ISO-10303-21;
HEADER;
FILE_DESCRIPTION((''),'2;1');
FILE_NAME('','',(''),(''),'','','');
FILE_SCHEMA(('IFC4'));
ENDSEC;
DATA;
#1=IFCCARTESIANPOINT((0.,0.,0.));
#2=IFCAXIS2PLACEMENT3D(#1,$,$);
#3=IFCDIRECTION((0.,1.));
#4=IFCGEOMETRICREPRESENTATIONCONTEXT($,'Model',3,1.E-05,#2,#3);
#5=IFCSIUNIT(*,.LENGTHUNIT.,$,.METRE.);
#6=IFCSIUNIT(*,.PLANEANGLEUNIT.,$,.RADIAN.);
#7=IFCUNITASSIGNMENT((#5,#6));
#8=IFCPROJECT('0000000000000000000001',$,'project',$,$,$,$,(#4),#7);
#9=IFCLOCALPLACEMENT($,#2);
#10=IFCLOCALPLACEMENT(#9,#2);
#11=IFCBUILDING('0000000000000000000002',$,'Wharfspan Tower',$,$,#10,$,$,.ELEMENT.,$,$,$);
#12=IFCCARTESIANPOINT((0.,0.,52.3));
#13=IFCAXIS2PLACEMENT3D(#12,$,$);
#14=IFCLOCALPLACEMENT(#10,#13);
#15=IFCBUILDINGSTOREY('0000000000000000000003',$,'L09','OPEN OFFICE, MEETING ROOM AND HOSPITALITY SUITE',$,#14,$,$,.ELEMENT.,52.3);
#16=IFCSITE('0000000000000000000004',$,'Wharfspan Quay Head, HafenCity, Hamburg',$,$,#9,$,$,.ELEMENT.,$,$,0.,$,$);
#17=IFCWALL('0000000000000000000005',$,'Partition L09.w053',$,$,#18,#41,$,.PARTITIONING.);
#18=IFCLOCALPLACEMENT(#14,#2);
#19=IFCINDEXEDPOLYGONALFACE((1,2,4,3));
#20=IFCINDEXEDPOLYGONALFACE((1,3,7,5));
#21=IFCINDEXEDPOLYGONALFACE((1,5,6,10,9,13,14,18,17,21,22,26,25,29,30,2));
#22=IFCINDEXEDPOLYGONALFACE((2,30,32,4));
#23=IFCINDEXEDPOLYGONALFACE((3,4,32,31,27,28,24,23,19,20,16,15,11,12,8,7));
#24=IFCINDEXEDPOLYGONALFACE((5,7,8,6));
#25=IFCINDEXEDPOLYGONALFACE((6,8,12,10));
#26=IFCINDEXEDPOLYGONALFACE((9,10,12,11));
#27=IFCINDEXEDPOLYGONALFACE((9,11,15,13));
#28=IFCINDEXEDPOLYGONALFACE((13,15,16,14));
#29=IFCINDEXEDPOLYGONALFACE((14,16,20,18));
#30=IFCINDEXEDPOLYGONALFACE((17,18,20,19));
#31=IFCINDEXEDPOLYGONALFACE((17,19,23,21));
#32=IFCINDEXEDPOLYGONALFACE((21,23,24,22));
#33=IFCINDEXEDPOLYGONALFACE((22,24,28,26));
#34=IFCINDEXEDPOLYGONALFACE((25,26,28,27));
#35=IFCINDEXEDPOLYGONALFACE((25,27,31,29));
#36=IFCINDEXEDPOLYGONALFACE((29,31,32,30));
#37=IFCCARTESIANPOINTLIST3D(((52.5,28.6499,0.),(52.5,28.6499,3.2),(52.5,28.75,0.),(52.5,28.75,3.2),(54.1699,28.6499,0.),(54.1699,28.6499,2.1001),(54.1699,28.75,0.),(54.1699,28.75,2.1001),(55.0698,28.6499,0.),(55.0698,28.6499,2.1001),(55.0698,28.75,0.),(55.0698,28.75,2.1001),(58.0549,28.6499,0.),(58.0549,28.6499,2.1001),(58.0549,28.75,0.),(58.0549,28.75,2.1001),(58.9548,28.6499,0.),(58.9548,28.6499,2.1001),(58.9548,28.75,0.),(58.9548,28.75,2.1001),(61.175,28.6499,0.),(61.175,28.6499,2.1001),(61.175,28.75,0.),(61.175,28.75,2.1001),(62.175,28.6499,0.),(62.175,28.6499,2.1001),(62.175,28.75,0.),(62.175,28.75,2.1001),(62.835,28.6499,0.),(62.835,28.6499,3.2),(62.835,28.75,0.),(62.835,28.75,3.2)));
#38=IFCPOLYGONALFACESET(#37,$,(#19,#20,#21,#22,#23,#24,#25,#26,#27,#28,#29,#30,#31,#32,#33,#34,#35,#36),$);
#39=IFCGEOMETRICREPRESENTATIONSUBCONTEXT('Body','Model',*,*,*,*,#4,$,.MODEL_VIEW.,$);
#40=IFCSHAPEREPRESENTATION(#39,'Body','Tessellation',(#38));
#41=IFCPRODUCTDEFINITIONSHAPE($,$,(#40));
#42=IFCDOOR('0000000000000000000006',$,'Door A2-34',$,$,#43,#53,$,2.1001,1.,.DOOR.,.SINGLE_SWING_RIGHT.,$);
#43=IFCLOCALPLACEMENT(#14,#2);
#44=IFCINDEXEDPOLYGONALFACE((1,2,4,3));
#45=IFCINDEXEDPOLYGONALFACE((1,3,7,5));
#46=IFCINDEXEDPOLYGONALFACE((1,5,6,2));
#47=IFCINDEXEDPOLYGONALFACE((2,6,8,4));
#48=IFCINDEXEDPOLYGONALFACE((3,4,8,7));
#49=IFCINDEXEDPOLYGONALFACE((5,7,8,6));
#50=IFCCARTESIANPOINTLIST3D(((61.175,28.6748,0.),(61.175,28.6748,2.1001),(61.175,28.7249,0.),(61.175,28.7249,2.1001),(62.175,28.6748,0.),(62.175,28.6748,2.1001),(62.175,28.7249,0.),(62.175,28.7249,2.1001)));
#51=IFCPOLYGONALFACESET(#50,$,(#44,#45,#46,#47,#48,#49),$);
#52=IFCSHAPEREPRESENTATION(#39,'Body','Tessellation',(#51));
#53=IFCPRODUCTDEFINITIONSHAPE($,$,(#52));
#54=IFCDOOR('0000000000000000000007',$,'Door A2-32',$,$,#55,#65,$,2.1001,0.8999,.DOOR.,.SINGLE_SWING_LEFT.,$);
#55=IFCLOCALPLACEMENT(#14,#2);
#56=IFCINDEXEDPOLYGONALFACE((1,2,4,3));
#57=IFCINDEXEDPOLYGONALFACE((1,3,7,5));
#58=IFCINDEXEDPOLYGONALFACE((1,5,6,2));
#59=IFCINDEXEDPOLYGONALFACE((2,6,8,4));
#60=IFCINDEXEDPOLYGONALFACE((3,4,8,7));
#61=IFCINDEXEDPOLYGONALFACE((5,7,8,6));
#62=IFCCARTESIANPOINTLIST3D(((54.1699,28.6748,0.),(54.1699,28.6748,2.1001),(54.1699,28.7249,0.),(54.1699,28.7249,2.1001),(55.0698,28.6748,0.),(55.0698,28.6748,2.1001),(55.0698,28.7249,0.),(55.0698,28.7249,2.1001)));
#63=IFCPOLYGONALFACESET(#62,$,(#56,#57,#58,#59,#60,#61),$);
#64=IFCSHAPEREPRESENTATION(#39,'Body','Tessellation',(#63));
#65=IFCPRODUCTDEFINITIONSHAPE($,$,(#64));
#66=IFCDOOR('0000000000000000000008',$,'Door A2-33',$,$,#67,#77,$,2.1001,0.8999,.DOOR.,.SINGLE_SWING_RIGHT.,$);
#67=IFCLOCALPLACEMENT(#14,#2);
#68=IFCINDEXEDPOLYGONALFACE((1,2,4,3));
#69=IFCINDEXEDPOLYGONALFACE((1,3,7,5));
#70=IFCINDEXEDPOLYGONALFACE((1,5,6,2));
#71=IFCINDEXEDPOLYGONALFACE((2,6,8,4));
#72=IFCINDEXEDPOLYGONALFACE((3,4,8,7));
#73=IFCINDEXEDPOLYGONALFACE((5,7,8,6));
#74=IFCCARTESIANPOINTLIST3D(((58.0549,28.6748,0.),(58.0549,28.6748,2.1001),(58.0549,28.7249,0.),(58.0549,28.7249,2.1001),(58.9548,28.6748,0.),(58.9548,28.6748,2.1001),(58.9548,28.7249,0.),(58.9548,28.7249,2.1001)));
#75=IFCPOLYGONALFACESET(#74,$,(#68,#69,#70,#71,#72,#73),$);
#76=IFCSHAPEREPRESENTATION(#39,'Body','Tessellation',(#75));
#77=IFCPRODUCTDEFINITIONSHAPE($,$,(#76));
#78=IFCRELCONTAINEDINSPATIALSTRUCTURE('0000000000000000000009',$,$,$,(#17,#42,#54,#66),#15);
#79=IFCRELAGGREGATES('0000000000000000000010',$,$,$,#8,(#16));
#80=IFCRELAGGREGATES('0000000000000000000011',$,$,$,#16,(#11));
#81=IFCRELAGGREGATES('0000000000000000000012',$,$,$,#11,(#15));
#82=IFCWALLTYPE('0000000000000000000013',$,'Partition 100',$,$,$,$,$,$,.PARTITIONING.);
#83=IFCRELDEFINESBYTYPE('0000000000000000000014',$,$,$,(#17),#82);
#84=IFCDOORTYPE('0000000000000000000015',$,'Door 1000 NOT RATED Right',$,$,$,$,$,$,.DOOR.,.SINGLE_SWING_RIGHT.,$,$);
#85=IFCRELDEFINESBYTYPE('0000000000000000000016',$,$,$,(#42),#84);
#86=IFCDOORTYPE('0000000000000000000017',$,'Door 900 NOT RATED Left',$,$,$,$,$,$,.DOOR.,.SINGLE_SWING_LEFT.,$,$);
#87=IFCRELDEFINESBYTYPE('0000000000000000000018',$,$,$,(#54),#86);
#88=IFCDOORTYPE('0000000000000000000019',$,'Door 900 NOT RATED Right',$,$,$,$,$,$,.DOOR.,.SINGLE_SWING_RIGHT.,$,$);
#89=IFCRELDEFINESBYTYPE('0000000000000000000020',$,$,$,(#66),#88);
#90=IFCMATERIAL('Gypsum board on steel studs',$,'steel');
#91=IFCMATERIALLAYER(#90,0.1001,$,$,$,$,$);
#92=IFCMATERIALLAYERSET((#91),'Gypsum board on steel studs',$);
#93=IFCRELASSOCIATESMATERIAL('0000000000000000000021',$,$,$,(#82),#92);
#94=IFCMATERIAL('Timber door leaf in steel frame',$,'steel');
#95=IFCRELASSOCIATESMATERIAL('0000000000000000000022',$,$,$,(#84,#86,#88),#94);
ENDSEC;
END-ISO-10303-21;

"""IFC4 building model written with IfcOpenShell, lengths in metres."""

from ifc_helpers import new_model, si_unit, direction, frame, frame_2d, origin, place, context, subcontext, project, spatial, rectangle, extrude, material, layer, layer_set, type_object, element, fill, save


model = new_model("IFC4")

# Units and contexts
model_context = context("Model", 3, precision=1e-05, world=origin(), true_north=direction((0.0, 1.0)))
body_context = subcontext(model_context, "Body", "Model", "MODEL_VIEW")
ifc_project = project(units=[si_unit("LENGTHUNIT", "METRE"), si_unit("PLANEANGLEUNIT", "RADIAN")], contexts=[model_context])

# Site, building, storey
site_placement = place(None, origin())
site = spatial("IfcSite", under=ifc_project, at=site_placement, Name="Wharfspan Quay Head, HafenCity, Hamburg", CompositionType="ELEMENT", RefElevation=0.0)
building_placement = place(site_placement, origin())
building = spatial("IfcBuilding", under=site, at=building_placement, Name="Wharfspan Tower", CompositionType="ELEMENT")
storey_placement = place(building_placement, frame((0.0, 0.0, 52.3)))
storey = spatial("IfcBuildingStorey", under=building, at=storey_placement, Name="L09", Description="OPEN OFFICE, MEETING ROOM AND HOSPITALITY SUITE", CompositionType="ELEMENT", Elevation=52.3)

# Shared definitions
ifc_material_1 = material(Name="Gypsum board on steel studs", Category="steel")

# Wall, openings, doors
ifc_layer_1 = layer(ifc_material_1, 0.1001)
ifc_layer_set_1 = layer_set([ifc_layer_1], Name="Gypsum board on steel studs")
wall_type_1 = type_object("IfcWallType", Name="Partition 100", PredefinedType="PARTITIONING", material=ifc_layer_set_1)
wall_1_placement = place(storey_placement, frame((52.5, 28.7, 0.0), z_axis=(0.0, 0.0, 1.0), x_axis=(1.0, 0.0, 0.0)))
wall_1 = element("IfcWall", 1, at=wall_1_placement, inside=storey, type_object=wall_type_1, Name="Partition L09.w053", PredefinedType="PARTITIONING", context=body_context, shape_type="SweptSolid", body=[
    extrude(rectangle(XDim=10.335, YDim=0.1001, at=frame_2d((5.1675, 0.0))), origin(), (0.0, 0.0, 1.0), 3.2),
])
opening_1_placement = place(wall_1_placement, frame((1.6699, 0.0, 0.0)))
opening_1 = element("IfcOpeningElement", 2, at=opening_1_placement, cuts=wall_1, PredefinedType="OPENING", context=body_context, shape_type="SweptSolid", body=[
    extrude(rectangle(XDim=0.8999, YDim=2.1001, at=frame_2d((0.45, 1.05))), frame((0.0, 0.0601, 0.0), z_axis=(0.0, -1.0, 0.0), x_axis=(1.0, 0.0, 0.0)), (0.0, 0.0, 1.0), 0.1201),
])
opening_2_placement = place(wall_1_placement, frame((5.5549, 0.0, 0.0)))
opening_2 = element("IfcOpeningElement", 3, at=opening_2_placement, cuts=wall_1, PredefinedType="OPENING", context=body_context, shape_type="SweptSolid", body=[
    extrude(rectangle(XDim=0.8999, YDim=2.1001, at=frame_2d((0.45, 1.05))), frame((0.0, 0.0601, 0.0), z_axis=(0.0, -1.0, 0.0), x_axis=(1.0, 0.0, 0.0)), (0.0, 0.0, 1.0), 0.1201),
])
opening_3_placement = place(wall_1_placement, frame((8.675, 0.0, 0.0)))
opening_3 = element("IfcOpeningElement", 4, at=opening_3_placement, cuts=wall_1, PredefinedType="OPENING", context=body_context, shape_type="SweptSolid", body=[
    extrude(rectangle(XDim=1.0, YDim=2.1001, at=frame_2d((0.5, 1.05))), frame((0.0, 0.0601, 0.0), z_axis=(0.0, -1.0, 0.0), x_axis=(1.0, 0.0, 0.0)), (0.0, 0.0, 1.0), 0.1201),
])
ifc_material_2 = material(Name="Timber door leaf in steel frame", Category="steel")
door_type_1 = type_object("IfcDoorType", Name="Door 1000 NOT RATED Right", OperationType="SINGLE_SWING_RIGHT", PredefinedType="DOOR", material=ifc_material_2)
door_1_placement = place(opening_3_placement, origin())
door_1 = element("IfcDoor", 5, at=door_1_placement, inside=storey, type_object=door_type_1, Name="Door A2-34", OperationType="SINGLE_SWING_RIGHT", OverallHeight=2.1001, OverallWidth=1.0, PredefinedType="DOOR", context=body_context, shape_type="SweptSolid", body=[
    extrude(rectangle(XDim=1.0, YDim=2.1001, at=frame_2d((0.5, 1.05))), frame((0.0, 0.0249, 0.0), z_axis=(0.0, -1.0, 0.0), x_axis=(1.0, 0.0, 0.0)), (0.0, 0.0, 1.0), 0.05),
])
fill(opening_3, door_1)
door_type_2 = type_object("IfcDoorType", Name="Door 900 NOT RATED Left", OperationType="SINGLE_SWING_LEFT", PredefinedType="DOOR", material=ifc_material_2)
door_2_placement = place(opening_1_placement, origin())
door_2 = element("IfcDoor", 6, at=door_2_placement, inside=storey, type_object=door_type_2, Name="Door A2-32", OperationType="SINGLE_SWING_LEFT", OverallHeight=2.1001, OverallWidth=0.8999, PredefinedType="DOOR", context=body_context, shape_type="SweptSolid", body=[
    extrude(rectangle(XDim=0.8999, YDim=2.1001, at=frame_2d((0.45, 1.05))), frame((0.0, 0.0249, 0.0), z_axis=(0.0, -1.0, 0.0), x_axis=(1.0, 0.0, 0.0)), (0.0, 0.0, 1.0), 0.05),
])
fill(opening_1, door_2)
door_type_3 = type_object("IfcDoorType", Name="Door 900 NOT RATED Right", OperationType="SINGLE_SWING_RIGHT", PredefinedType="DOOR", material=ifc_material_2)
door_3_placement = place(opening_2_placement, origin())
door_3 = element("IfcDoor", 7, at=door_3_placement, inside=storey, type_object=door_type_3, Name="Door A2-33", OperationType="SINGLE_SWING_RIGHT", OverallHeight=2.1001, OverallWidth=0.8999, PredefinedType="DOOR", context=body_context, shape_type="SweptSolid", body=[
    extrude(rectangle(XDim=0.8999, YDim=2.1001, at=frame_2d((0.45, 1.05))), frame((0.0, 0.0249, 0.0), z_axis=(0.0, -1.0, 0.0), x_axis=(1.0, 0.0, 0.0)), (0.0, 0.0, 1.0), 0.05),
])
fill(opening_2, door_3)

save(model, "model.ifc")
